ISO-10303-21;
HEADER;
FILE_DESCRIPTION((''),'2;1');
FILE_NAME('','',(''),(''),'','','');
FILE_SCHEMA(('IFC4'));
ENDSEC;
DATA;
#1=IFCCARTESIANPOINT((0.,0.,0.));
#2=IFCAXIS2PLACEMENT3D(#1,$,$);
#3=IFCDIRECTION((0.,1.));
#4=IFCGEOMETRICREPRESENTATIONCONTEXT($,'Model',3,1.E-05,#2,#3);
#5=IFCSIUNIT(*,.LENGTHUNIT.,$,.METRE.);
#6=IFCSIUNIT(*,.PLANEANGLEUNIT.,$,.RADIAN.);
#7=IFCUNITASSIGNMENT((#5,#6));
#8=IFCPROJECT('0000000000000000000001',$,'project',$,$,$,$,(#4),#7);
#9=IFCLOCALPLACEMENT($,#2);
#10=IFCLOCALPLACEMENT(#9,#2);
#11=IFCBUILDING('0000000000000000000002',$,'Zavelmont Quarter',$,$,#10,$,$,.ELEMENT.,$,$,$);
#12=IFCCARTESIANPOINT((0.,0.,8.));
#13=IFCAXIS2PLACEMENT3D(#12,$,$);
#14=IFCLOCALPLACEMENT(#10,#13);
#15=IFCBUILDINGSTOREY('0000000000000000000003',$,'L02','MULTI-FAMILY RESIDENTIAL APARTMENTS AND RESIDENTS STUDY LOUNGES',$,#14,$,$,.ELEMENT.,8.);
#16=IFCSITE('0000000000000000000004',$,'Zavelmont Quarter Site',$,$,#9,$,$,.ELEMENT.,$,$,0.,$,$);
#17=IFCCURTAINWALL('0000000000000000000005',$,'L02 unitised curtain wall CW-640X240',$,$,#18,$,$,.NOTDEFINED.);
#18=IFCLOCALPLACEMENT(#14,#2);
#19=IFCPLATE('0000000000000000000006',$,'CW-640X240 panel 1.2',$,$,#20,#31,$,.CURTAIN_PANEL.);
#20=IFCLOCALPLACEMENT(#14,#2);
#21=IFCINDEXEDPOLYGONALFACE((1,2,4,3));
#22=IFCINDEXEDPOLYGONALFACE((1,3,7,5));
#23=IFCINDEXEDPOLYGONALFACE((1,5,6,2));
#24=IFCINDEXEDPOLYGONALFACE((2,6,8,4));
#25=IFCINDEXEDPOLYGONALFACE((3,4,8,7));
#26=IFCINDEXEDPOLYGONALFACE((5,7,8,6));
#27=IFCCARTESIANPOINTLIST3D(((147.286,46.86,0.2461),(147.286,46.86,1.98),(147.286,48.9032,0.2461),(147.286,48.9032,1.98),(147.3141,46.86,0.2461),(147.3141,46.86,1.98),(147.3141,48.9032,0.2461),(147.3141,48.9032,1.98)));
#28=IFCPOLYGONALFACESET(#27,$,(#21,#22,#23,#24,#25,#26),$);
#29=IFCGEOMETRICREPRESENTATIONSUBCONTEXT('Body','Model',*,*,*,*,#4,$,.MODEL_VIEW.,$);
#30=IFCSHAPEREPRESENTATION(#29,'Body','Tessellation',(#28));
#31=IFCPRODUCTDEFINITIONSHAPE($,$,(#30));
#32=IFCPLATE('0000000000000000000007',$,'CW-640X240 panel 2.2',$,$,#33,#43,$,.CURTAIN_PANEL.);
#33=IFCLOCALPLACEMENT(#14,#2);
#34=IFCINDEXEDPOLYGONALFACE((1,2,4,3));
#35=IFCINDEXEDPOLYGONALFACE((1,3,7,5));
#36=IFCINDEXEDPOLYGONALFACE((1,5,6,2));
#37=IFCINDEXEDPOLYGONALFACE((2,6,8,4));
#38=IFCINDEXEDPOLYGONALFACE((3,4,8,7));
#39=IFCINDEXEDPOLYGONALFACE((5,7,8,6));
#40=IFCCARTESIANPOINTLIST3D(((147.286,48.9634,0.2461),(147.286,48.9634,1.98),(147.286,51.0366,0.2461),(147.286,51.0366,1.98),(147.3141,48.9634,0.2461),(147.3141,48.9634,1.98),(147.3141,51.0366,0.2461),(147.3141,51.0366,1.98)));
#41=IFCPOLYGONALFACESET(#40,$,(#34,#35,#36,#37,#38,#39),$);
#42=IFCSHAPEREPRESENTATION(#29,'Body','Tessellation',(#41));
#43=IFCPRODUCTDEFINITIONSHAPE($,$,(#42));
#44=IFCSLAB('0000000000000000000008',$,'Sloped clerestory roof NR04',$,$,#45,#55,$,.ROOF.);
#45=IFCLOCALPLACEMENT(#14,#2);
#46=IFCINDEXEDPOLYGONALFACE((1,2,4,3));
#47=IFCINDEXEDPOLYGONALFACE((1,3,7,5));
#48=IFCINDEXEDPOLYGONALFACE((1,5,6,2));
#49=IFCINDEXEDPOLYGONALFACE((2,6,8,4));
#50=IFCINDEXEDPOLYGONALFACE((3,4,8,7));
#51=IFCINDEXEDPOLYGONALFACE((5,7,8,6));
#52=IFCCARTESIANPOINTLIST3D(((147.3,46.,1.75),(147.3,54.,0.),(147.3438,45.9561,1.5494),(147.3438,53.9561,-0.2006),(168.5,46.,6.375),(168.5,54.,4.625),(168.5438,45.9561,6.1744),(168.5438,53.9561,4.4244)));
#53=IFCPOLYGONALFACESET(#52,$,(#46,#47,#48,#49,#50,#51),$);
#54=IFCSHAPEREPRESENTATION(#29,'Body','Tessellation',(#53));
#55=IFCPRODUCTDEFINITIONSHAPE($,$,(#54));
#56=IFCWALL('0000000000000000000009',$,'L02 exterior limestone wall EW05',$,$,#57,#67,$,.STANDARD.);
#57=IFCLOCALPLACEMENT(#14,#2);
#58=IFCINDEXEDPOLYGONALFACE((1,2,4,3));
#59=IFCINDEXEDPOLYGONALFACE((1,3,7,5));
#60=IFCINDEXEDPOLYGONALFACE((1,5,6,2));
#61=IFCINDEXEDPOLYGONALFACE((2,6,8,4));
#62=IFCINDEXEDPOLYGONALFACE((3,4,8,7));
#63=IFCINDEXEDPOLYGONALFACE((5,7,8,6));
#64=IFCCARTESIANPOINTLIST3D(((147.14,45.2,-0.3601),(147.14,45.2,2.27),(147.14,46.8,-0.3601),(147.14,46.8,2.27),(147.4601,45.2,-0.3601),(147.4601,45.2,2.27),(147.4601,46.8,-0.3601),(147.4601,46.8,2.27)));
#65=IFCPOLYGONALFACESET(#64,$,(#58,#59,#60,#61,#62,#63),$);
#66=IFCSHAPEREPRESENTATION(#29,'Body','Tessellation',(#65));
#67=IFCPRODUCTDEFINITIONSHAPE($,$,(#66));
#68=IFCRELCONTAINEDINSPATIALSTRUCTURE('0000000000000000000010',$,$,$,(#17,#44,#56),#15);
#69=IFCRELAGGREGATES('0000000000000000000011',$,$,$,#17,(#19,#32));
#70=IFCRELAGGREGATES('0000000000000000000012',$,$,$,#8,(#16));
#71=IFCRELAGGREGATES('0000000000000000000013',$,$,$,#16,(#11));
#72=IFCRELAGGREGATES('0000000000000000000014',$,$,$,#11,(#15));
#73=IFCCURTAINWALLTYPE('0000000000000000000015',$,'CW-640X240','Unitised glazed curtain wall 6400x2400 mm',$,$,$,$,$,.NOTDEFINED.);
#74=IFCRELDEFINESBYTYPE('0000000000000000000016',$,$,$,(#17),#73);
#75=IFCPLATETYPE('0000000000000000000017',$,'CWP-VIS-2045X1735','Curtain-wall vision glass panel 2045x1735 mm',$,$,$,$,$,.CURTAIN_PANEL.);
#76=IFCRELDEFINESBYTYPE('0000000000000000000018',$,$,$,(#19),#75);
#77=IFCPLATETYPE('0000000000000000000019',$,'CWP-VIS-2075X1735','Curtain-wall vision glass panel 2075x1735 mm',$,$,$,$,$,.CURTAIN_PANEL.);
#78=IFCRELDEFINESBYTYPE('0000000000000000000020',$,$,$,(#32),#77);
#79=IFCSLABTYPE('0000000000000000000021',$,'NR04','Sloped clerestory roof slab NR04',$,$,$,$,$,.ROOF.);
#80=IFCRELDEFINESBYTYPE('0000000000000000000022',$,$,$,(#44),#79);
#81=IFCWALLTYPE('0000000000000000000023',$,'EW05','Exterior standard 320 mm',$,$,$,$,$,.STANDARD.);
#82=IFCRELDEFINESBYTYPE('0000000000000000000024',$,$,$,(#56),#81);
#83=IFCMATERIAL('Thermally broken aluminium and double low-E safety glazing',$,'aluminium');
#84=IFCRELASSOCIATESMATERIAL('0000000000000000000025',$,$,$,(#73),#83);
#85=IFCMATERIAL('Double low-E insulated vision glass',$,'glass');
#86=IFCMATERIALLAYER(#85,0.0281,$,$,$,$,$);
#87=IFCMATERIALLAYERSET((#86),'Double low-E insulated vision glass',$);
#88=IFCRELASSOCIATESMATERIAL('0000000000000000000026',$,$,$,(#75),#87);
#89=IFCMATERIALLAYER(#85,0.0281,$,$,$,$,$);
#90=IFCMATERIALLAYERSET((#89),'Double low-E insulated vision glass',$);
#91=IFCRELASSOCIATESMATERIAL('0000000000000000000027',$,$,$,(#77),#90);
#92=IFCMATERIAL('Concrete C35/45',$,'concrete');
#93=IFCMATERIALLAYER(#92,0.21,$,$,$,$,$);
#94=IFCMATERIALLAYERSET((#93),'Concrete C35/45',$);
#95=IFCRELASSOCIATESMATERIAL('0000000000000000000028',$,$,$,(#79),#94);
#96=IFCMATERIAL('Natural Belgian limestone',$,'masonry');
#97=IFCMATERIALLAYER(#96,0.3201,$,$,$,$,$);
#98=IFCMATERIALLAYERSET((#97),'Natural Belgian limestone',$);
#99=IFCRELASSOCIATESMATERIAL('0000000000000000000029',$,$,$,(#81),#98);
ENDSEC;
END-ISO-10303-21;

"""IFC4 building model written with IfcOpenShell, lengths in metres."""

from ifc_helpers import new_model, si_unit, direction, frame, frame_2d, origin, origin_2d, place, context, subcontext, project, spatial, polyline, rectangle, outline, extrude, material, layer, layer_set, type_object, element, aggregate, save


model = new_model("IFC4")

# Units and contexts
model_context = context("Model", 3, precision=1e-05, world=origin(), true_north=direction((0.0, 1.0)))
body_context = subcontext(model_context, "Body", "Model", "MODEL_VIEW")
ifc_project = project(units=[si_unit("LENGTHUNIT", "METRE"), si_unit("PLANEANGLEUNIT", "RADIAN")], contexts=[model_context])

# Site, building, storey
site_placement = place(None, origin())
site = spatial("IfcSite", under=ifc_project, at=site_placement, Name="Zavelmont Quarter Site", CompositionType="ELEMENT", RefElevation=0.0)
building_placement = place(site_placement, origin())
building = spatial("IfcBuilding", under=site, at=building_placement, Name="Zavelmont Quarter", CompositionType="ELEMENT")
storey_placement = place(building_placement, frame((0.0, 0.0, 8.0)))
storey = spatial("IfcBuildingStorey", under=building, at=storey_placement, Name="L02", Description="MULTI-FAMILY RESIDENTIAL APARTMENTS AND RESIDENTS STUDY LOUNGES", CompositionType="ELEMENT", Elevation=8.0)

# Shared definitions
ifc_material_1 = material(Name="Thermally broken aluminium and double low-E safety glazing", Category="aluminium")
curtain_wall_type = type_object("IfcCurtainWallType", Name="CW-640X240", Description="Unitised glazed curtain wall 6400x2400 mm", PredefinedType="NOTDEFINED", material=ifc_material_1)

# Curtain wall
curtain_wall_1_placement = place(storey_placement, origin())
curtain_wall_1 = element("IfcCurtainWall", 1, at=curtain_wall_1_placement, inside=storey, type_object=curtain_wall_type, Name="L02 unitised curtain wall CW-640X240", PredefinedType="NOTDEFINED")

# Plates
ifc_material_2 = material(Name="Double low-E insulated vision glass", Category="glass")
ifc_layer_1 = layer(ifc_material_2, 0.0281)
ifc_layer_set_1 = layer_set([ifc_layer_1], Name="Double low-E insulated vision glass")
plate_type_1 = type_object("IfcPlateType", Name="CWP-VIS-2045X1735", Description="Curtain-wall vision glass panel 2045x1735 mm", PredefinedType="CURTAIN_PANEL", material=ifc_layer_set_1)
plate_1_placement = place(storey_placement, frame((147.3, 47.8816, 0.2461), z_axis=(0.0, 0.0, 1.0), x_axis=(0.0, 1.0, 0.0)))
plate_1 = element("IfcPlate", 2, at=plate_1_placement, type_object=plate_type_1, Name="CW-640X240 panel 1.2", PredefinedType="CURTAIN_PANEL", context=body_context, shape_type="SweptSolid", body=[
    extrude(rectangle(XDim=2.0432, YDim=0.0281, at=origin_2d()), origin(), (0.0, 0.0, 1.0), 1.7339),
])
ifc_layer_2 = layer(ifc_material_2, 0.0281)
ifc_layer_set_2 = layer_set([ifc_layer_2], Name="Double low-E insulated vision glass")
plate_type_2 = type_object("IfcPlateType", Name="CWP-VIS-2075X1735", Description="Curtain-wall vision glass panel 2075x1735 mm", PredefinedType="CURTAIN_PANEL", material=ifc_layer_set_2)
plate_2_placement = place(storey_placement, frame((147.3, 50.0, 0.2461), z_axis=(0.0, 0.0, 1.0), x_axis=(0.0, 1.0, 0.0)))
plate_2 = element("IfcPlate", 3, at=plate_2_placement, type_object=plate_type_2, Name="CW-640X240 panel 2.2", PredefinedType="CURTAIN_PANEL", context=body_context, shape_type="SweptSolid", body=[
    extrude(rectangle(XDim=2.0732, YDim=0.0281, at=origin_2d()), origin(), (0.0, 0.0, 1.0), 1.7339),
])
aggregate(curtain_wall_1, [plate_1, plate_2])

# Slab
ifc_material_3 = material(Name="Concrete C35/45", Category="concrete")
ifc_layer_3 = layer(ifc_material_3, 0.21)
ifc_layer_set_3 = layer_set([ifc_layer_3], Name="Concrete C35/45")
slab_type = type_object("IfcSlabType", Name="NR04", Description="Sloped clerestory roof slab NR04", PredefinedType="ROOF", material=ifc_layer_set_3)
slab_placement = place(storey_placement, frame((147.3, 46.0, 1.75), z_axis=(-0.20844, 0.209003, 0.955443), x_axis=(0.97702, 0.0, 0.213148)))
element("IfcSlab", 4, at=slab_placement, inside=storey, type_object=slab_type, Name="Sloped clerestory roof NR04", PredefinedType="ROOF", context=body_context, shape_type="SweptSolid", body=[
    extrude(outline(polyline([(0.0, 0.0), (21.6986, 0.0), (21.3256, 8.1807), (-0.373, 8.1807), (0.0, 0.0)])), origin(), (0.0, 0.0, -1.0), 0.21),
])

# Wall
ifc_material_4 = material(Name="Natural Belgian limestone", Category="masonry")
ifc_layer_4 = layer(ifc_material_4, 0.3201)
ifc_layer_set_4 = layer_set([ifc_layer_4], Name="Natural Belgian limestone")
wall_type = type_object("IfcWallType", Name="EW05", Description="Exterior standard 320 mm", PredefinedType="STANDARD", material=ifc_layer_set_4)
wall_placement = place(storey_placement, frame((147.3, 45.2, -0.3601), z_axis=(0.0, 0.0, 1.0), x_axis=(0.0, 1.0, 0.0)))
element("IfcWall", 5, at=wall_placement, inside=storey, type_object=wall_type, Name="L02 exterior limestone wall EW05", PredefinedType="STANDARD", context=body_context, shape_type="SweptSolid", body=[
    extrude(rectangle(XDim=1.6001, YDim=0.3201, at=frame_2d((0.8, 0.0))), origin(), (0.0, 0.0, 1.0), 2.6301),
])

save(model, "model.ifc")
